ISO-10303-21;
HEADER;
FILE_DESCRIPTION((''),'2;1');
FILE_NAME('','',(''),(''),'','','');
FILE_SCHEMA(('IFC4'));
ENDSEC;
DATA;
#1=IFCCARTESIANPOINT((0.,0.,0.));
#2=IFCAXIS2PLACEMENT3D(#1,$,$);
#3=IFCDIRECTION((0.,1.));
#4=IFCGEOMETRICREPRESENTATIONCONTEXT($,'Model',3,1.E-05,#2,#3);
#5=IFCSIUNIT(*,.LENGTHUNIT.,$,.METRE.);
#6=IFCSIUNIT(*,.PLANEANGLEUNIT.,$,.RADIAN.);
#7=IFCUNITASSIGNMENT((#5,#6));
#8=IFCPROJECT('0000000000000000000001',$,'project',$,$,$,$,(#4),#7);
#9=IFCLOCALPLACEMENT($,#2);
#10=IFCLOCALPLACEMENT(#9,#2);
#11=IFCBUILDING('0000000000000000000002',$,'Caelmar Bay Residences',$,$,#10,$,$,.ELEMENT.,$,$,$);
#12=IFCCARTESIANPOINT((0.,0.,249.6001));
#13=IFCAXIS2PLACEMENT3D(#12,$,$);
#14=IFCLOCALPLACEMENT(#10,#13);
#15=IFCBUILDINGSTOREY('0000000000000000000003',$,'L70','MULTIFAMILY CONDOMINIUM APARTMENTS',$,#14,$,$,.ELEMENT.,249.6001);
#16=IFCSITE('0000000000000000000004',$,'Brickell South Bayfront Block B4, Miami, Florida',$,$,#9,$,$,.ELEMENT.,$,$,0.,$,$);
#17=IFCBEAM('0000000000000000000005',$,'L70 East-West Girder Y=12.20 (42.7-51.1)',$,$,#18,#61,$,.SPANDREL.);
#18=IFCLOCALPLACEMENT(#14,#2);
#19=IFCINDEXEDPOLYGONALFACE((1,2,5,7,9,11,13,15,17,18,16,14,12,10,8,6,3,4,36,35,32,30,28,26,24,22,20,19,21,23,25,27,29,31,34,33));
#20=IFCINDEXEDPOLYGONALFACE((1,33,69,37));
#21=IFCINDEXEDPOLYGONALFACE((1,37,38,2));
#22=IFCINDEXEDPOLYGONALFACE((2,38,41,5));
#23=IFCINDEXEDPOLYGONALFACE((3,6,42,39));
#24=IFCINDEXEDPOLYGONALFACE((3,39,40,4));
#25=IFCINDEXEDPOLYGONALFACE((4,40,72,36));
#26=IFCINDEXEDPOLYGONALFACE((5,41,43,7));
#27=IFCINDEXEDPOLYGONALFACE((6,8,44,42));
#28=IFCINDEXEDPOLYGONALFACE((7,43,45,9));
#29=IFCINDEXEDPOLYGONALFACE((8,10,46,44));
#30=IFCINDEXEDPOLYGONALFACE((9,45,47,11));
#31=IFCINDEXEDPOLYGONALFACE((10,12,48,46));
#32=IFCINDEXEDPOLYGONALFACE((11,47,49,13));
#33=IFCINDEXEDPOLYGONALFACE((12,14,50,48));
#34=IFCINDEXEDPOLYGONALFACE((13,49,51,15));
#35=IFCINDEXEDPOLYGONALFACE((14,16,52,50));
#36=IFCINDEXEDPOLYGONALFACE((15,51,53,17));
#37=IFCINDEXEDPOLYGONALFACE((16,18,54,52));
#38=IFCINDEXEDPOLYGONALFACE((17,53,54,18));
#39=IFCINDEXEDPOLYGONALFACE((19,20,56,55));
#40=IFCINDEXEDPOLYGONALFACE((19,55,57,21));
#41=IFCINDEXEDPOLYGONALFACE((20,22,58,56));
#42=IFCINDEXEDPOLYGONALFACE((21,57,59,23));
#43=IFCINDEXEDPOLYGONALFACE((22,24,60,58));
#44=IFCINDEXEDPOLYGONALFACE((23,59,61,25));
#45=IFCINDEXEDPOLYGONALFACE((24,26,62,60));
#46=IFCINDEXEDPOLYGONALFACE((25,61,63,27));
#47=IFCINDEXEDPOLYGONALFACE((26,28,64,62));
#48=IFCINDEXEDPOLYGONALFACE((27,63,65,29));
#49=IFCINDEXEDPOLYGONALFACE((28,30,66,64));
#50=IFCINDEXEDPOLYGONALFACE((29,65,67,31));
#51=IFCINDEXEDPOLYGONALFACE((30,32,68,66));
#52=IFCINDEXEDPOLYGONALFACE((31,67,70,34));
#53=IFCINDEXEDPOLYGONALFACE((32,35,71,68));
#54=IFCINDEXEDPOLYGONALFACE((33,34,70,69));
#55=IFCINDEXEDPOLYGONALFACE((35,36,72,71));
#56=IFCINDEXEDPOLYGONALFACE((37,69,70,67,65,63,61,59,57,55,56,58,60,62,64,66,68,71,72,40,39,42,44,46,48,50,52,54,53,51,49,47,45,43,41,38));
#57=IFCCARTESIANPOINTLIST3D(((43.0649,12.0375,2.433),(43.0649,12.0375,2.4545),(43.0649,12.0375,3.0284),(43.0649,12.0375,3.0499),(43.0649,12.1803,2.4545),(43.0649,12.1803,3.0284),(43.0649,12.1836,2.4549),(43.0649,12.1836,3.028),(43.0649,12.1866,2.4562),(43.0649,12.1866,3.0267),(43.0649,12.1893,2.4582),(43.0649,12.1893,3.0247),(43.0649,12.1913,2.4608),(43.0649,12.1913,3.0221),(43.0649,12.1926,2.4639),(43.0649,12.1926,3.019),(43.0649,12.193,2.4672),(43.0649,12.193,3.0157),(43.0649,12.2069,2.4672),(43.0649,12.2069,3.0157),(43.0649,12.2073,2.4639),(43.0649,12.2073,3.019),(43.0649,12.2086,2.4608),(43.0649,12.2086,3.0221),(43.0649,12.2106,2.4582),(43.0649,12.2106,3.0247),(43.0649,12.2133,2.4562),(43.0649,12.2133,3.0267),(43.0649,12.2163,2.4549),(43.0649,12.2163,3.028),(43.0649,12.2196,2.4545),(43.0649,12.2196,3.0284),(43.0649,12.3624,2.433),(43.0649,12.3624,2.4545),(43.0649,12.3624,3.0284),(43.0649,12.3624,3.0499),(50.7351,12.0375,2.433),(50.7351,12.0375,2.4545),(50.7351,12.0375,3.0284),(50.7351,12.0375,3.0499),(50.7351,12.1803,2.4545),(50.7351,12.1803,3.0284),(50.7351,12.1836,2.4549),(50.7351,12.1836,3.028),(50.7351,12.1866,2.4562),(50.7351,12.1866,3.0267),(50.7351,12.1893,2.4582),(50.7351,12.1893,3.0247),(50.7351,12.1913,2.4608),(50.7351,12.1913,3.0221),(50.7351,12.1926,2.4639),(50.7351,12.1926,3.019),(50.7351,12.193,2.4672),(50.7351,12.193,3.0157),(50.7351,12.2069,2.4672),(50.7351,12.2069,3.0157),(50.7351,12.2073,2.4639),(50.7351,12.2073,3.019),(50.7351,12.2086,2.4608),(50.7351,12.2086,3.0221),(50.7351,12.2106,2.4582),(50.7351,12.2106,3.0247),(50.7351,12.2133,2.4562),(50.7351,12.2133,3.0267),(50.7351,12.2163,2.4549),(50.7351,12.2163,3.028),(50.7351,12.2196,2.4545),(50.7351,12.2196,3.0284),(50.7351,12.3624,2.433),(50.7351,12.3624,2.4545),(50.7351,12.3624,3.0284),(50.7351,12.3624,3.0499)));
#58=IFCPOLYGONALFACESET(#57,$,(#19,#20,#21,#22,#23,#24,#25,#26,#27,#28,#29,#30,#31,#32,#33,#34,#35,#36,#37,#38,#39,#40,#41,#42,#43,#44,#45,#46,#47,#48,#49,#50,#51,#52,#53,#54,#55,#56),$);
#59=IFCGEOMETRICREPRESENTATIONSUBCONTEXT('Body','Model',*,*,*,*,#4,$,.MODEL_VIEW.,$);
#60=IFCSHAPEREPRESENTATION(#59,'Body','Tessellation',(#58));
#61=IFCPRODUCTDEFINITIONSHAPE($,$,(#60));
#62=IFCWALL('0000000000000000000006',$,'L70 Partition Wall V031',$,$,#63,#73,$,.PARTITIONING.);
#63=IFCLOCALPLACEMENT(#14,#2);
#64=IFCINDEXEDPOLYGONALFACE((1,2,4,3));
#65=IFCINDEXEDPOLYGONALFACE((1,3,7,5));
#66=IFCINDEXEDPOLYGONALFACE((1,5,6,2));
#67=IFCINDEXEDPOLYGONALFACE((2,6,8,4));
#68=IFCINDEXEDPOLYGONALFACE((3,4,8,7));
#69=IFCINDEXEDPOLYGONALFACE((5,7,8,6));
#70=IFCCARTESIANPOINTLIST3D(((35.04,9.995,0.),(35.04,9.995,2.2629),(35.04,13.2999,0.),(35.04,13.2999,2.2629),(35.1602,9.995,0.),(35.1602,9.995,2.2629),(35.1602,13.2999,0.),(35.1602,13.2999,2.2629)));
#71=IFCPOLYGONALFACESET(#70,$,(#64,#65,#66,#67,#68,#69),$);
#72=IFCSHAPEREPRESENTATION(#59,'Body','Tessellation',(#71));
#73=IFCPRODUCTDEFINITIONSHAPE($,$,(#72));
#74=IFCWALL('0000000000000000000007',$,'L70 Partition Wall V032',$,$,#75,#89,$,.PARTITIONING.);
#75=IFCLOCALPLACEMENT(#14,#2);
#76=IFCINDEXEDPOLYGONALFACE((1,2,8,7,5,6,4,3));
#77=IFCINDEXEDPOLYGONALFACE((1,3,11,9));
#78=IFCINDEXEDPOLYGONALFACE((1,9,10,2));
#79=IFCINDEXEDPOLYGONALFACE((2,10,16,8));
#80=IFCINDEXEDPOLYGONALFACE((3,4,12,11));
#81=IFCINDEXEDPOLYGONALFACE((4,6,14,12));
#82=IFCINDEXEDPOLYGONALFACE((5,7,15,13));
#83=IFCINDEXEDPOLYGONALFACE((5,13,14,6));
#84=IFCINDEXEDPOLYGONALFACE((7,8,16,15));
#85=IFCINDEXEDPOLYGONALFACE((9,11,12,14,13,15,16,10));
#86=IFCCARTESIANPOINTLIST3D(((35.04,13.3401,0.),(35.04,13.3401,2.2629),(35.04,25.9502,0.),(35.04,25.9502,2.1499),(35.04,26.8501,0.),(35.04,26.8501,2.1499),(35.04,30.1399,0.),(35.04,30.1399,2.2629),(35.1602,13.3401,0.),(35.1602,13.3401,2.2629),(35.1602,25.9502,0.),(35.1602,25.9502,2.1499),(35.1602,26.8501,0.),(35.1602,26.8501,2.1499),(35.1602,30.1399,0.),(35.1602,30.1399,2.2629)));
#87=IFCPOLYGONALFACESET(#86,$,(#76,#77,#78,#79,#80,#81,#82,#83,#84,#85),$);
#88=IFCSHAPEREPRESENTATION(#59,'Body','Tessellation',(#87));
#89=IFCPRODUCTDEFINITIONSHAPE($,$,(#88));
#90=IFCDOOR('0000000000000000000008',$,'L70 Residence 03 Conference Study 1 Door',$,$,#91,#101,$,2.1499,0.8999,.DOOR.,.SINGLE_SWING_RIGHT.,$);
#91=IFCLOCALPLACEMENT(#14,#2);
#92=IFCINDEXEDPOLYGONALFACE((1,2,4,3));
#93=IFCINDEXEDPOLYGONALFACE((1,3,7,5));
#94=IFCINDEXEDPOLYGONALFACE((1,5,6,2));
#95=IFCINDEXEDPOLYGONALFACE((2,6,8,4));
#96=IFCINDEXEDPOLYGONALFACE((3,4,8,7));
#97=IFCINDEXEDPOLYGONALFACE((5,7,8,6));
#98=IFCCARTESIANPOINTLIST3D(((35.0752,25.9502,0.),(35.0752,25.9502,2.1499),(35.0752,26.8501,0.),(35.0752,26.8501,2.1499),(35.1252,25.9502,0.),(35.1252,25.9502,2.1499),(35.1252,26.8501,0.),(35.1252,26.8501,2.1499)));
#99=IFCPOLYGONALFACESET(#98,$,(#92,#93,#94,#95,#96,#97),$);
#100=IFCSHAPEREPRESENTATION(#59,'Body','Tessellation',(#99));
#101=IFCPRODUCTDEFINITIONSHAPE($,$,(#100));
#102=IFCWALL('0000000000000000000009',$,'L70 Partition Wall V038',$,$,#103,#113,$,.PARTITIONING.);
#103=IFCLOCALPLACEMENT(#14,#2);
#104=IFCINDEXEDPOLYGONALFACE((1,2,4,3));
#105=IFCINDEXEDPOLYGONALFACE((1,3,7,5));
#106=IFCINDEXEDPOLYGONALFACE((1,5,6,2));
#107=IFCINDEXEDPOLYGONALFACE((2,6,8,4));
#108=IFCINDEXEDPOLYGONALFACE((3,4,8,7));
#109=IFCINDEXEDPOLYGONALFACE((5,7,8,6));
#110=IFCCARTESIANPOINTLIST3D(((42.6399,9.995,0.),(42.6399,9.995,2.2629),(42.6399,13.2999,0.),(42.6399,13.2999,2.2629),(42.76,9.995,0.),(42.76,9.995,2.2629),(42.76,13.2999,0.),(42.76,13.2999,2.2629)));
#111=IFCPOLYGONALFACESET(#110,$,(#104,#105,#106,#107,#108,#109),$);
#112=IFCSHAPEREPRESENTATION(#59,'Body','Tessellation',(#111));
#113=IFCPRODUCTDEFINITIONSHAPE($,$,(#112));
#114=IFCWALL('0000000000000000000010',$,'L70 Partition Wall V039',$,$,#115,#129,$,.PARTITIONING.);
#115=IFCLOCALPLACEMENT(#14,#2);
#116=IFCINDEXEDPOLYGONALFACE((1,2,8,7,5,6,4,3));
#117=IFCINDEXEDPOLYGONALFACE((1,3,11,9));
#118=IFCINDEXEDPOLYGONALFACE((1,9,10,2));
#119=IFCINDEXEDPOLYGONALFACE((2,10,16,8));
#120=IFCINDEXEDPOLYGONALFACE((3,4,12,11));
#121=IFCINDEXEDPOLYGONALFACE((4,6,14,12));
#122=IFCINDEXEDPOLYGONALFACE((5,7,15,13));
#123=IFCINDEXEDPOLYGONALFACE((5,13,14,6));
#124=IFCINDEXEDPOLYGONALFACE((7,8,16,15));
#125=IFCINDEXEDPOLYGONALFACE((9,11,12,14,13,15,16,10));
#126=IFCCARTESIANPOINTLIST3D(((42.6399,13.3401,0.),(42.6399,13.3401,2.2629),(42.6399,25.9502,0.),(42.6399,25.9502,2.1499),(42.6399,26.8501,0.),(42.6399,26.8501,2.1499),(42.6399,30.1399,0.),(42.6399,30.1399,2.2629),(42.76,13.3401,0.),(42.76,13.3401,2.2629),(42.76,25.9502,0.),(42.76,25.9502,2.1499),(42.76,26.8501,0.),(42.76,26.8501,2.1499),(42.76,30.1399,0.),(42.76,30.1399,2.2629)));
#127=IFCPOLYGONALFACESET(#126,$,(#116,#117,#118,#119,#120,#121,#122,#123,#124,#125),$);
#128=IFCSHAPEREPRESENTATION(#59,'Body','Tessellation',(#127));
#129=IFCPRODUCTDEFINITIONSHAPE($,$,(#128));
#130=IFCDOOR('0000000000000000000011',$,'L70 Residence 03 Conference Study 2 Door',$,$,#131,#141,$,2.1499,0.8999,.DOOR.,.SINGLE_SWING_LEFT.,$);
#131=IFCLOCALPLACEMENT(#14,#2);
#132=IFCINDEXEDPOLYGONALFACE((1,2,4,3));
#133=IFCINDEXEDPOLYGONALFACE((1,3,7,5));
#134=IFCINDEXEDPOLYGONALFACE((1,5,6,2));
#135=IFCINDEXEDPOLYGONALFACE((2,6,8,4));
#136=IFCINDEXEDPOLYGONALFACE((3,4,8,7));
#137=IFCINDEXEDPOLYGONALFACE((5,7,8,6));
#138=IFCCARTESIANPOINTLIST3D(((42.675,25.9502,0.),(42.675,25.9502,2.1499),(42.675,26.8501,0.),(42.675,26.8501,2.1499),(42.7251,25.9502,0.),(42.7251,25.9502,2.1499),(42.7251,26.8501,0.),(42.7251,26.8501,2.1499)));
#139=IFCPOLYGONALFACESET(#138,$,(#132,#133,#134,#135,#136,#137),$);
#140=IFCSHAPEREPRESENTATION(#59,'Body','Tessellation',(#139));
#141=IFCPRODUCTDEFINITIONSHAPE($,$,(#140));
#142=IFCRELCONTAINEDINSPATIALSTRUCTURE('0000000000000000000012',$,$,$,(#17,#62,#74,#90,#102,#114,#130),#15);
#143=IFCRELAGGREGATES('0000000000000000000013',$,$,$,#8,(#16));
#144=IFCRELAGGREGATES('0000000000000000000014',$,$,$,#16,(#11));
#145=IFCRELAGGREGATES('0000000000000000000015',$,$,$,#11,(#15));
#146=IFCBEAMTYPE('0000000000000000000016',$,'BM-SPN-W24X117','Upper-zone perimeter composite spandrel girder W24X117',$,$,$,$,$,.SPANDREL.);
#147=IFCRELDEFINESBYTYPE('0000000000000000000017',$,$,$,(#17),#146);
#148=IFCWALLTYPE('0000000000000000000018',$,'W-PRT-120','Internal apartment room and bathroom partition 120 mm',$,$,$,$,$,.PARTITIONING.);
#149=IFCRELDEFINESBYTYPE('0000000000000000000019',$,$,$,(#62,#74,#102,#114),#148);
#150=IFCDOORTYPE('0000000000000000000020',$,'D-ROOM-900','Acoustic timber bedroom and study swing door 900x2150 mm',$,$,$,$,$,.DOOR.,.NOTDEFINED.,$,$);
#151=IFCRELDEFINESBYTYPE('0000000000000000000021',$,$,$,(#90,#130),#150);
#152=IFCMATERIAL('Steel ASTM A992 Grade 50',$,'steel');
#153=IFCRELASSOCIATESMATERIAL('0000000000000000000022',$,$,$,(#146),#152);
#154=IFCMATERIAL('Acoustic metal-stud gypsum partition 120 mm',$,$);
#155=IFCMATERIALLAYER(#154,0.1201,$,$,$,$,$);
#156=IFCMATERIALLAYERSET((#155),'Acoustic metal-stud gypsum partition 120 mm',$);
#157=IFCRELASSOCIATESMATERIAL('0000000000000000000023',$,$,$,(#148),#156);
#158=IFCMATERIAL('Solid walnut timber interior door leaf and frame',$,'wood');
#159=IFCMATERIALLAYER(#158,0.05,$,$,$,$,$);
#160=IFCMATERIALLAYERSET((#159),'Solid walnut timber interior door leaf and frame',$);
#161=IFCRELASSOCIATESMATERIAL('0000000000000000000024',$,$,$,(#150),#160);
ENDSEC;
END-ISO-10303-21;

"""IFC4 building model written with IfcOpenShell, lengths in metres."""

from ifc_helpers import new_model, si_unit, direction, frame, frame_2d, origin, origin_2d, place, context, subcontext, project, spatial, rectangle, i_section, extrude, material, layer, layer_set, material_profile, profile_set, type_object, element, fill, save


model = new_model("IFC4")

# Units and contexts
model_context = context("Model", 3, precision=1e-05, world=origin(), true_north=direction((0.0, 1.0)))
body_context = subcontext(model_context, "Body", "Model", "MODEL_VIEW")
ifc_project = project(units=[si_unit("LENGTHUNIT", "METRE"), si_unit("PLANEANGLEUNIT", "RADIAN")], contexts=[model_context])

# Site, building, storey
site_placement = place(None, origin())
site = spatial("IfcSite", under=ifc_project, at=site_placement, Name="Brickell South Bayfront Block B4, Miami, Florida", CompositionType="ELEMENT", RefElevation=0.0)
building_placement = place(site_placement, origin())
building = spatial("IfcBuilding", under=site, at=building_placement, Name="Caelmar Bay Residences", CompositionType="ELEMENT")
storey_placement = place(building_placement, frame((0.0, 0.0, 249.6001)))
storey = spatial("IfcBuildingStorey", under=building, at=storey_placement, Name="L70", Description="MULTIFAMILY CONDOMINIUM APARTMENTS", CompositionType="ELEMENT", Elevation=249.6001)

# Beam
ifc_material_1 = material(Name="Steel ASTM A992 Grade 50", Category="steel")
ifc_material_profile_1 = material_profile(ifc_material_1, i_section(OverallWidth=0.325, OverallDepth=0.6169, WebThickness=0.0139, FlangeThickness=0.0215, FilletRadius=0.0127, at=origin_2d()), Name="W24X117")
ifc_profile_set_1 = profile_set([ifc_material_profile_1], Name="Steel ASTM A992 Grade 50")
beam_type_1 = type_object("IfcBeamType", Name="BM-SPN-W24X117", Description="Upper-zone perimeter composite spandrel girder W24X117", PredefinedType="SPANDREL", material=ifc_profile_set_1)
beam_1_placement = place(storey_placement, frame((43.0649, 12.2, 2.7415), z_axis=(1.0, 0.0, 0.0), x_axis=(0.0, 1.0, 0.0)))
element("IfcBeam", 1, at=beam_1_placement, inside=storey, type_object=beam_type_1, Name="L70 East-West Girder Y=12.20 (42.7-51.1)", PredefinedType="SPANDREL", context=body_context, shape_type="SweptSolid", body=[
    extrude(i_section(OverallWidth=0.325, OverallDepth=0.6169, WebThickness=0.0139, FlangeThickness=0.0215, FilletRadius=0.0127, at=origin_2d()), origin(), (0.0, 0.0, 1.0), 7.6702),
])

# Wall
ifc_material_2 = material(Name="Acoustic metal-stud gypsum partition 120 mm")
ifc_layer_1 = layer(ifc_material_2, 0.1201)
ifc_layer_set_1 = layer_set([ifc_layer_1], Name="Acoustic metal-stud gypsum partition 120 mm")
wall_type = type_object("IfcWallType", Name="W-PRT-120", Description="Internal apartment room and bathroom partition 120 mm", PredefinedType="PARTITIONING", material=ifc_layer_set_1)
wall_1_placement = place(storey_placement, frame((35.1001, 9.9951, 0.0), z_axis=(0.0, 0.0, 1.0), x_axis=(0.0, 1.0, 0.0)))
element("IfcWall", 2, at=wall_1_placement, inside=storey, type_object=wall_type, Name="L70 Partition Wall V031", PredefinedType="PARTITIONING", context=body_context, shape_type="SweptSolid", body=[
    extrude(rectangle(XDim=3.3049, YDim=0.1201, at=frame_2d((1.6523, 0.0))), origin(), (0.0, 0.0, 1.0), 2.2629),
])

# Wall, opening, door
wall_2_placement = place(storey_placement, frame((35.1001, 13.3401, 0.0), z_axis=(0.0, 0.0, 1.0), x_axis=(0.0, 1.0, 0.0)))
wall_2 = element("IfcWall", 3, at=wall_2_placement, inside=storey, type_object=wall_type, Name="L70 Partition Wall V032", PredefinedType="PARTITIONING", context=body_context, shape_type="SweptSolid", body=[
    extrude(rectangle(XDim=16.7998, YDim=0.1201, at=frame_2d((8.3999, 0.0))), origin(), (0.0, 0.0, 1.0), 2.2629),
])
opening_1_placement = place(wall_2_placement, frame((12.6101, 0.0, 0.0)))
opening_1 = element("IfcOpeningElement", 4, at=opening_1_placement, cuts=wall_2, PredefinedType="OPENING", context=body_context, shape_type="SweptSolid", body=[
    extrude(rectangle(XDim=0.8999, YDim=2.1499, at=frame_2d((0.45, 1.075))), frame((0.0, 0.0701, 0.0), z_axis=(0.0, -1.0, 0.0), x_axis=(1.0, 0.0, 0.0)), (0.0, 0.0, 1.0), 0.1401),
])
ifc_material_3 = material(Name="Solid walnut timber interior door leaf and frame", Category="wood")
ifc_layer_2 = layer(ifc_material_3, 0.05)
ifc_layer_set_2 = layer_set([ifc_layer_2], Name="Solid walnut timber interior door leaf and frame")
door_type = type_object("IfcDoorType", Name="D-ROOM-900", Description="Acoustic timber bedroom and study swing door 900x2150 mm", OperationType="NOTDEFINED", PredefinedType="DOOR", material=ifc_layer_set_2)
door_1_placement = place(opening_1_placement, origin())
door_1 = element("IfcDoor", 5, at=door_1_placement, inside=storey, type_object=door_type, Name="L70 Residence 03 Conference Study 1 Door", OperationType="SINGLE_SWING_RIGHT", OverallHeight=2.1499, OverallWidth=0.8999, PredefinedType="DOOR", context=body_context, shape_type="SweptSolid", body=[
    extrude(rectangle(XDim=0.8999, YDim=2.1499, at=frame_2d((0.45, 1.075))), frame((0.0, 0.0249, 0.0), z_axis=(0.0, -1.0, 0.0), x_axis=(1.0, 0.0, 0.0)), (0.0, 0.0, 1.0), 0.05),
])
fill(opening_1, door_1)

# Wall
wall_3_placement = place(storey_placement, frame((42.7, 9.9951, 0.0), z_axis=(0.0, 0.0, 1.0), x_axis=(0.0, 1.0, 0.0)))
element("IfcWall", 6, at=wall_3_placement, inside=storey, type_object=wall_type, Name="L70 Partition Wall V038", PredefinedType="PARTITIONING", context=body_context, shape_type="SweptSolid", body=[
    extrude(rectangle(XDim=3.3049, YDim=0.1201, at=frame_2d((1.6523, 0.0))), origin(), (0.0, 0.0, 1.0), 2.2629),
])

# Wall, opening, door
wall_4_placement = place(storey_placement, frame((42.7, 13.3401, 0.0), z_axis=(0.0, 0.0, 1.0), x_axis=(0.0, 1.0, 0.0)))
wall_4 = element("IfcWall", 7, at=wall_4_placement, inside=storey, type_object=wall_type, Name="L70 Partition Wall V039", PredefinedType="PARTITIONING", context=body_context, shape_type="SweptSolid", body=[
    extrude(rectangle(XDim=16.7998, YDim=0.1201, at=frame_2d((8.3999, 0.0))), origin(), (0.0, 0.0, 1.0), 2.2629),
])
opening_2_placement = place(wall_4_placement, frame((12.6101, 0.0, 0.0)))
opening_2 = element("IfcOpeningElement", 8, at=opening_2_placement, cuts=wall_4, PredefinedType="OPENING", context=body_context, shape_type="SweptSolid", body=[
    extrude(rectangle(XDim=0.8999, YDim=2.1499, at=frame_2d((0.45, 1.075))), frame((0.0, 0.0701, 0.0), z_axis=(0.0, -1.0, 0.0), x_axis=(1.0, 0.0, 0.0)), (0.0, 0.0, 1.0), 0.1401),
])
door_2_placement = place(opening_2_placement, origin())
door_2 = element("IfcDoor", 9, at=door_2_placement, inside=storey, type_object=door_type, Name="L70 Residence 03 Conference Study 2 Door", OperationType="SINGLE_SWING_LEFT", OverallHeight=2.1499, OverallWidth=0.8999, PredefinedType="DOOR", context=body_context, shape_type="SweptSolid", body=[
    extrude(rectangle(XDim=0.8999, YDim=2.1499, at=frame_2d((0.45, 1.075))), frame((0.0, 0.0249, 0.0), z_axis=(0.0, -1.0, 0.0), x_axis=(1.0, 0.0, 0.0)), (0.0, 0.0, 1.0), 0.05),
])
fill(opening_2, door_2)

save(model, "model.ifc")
